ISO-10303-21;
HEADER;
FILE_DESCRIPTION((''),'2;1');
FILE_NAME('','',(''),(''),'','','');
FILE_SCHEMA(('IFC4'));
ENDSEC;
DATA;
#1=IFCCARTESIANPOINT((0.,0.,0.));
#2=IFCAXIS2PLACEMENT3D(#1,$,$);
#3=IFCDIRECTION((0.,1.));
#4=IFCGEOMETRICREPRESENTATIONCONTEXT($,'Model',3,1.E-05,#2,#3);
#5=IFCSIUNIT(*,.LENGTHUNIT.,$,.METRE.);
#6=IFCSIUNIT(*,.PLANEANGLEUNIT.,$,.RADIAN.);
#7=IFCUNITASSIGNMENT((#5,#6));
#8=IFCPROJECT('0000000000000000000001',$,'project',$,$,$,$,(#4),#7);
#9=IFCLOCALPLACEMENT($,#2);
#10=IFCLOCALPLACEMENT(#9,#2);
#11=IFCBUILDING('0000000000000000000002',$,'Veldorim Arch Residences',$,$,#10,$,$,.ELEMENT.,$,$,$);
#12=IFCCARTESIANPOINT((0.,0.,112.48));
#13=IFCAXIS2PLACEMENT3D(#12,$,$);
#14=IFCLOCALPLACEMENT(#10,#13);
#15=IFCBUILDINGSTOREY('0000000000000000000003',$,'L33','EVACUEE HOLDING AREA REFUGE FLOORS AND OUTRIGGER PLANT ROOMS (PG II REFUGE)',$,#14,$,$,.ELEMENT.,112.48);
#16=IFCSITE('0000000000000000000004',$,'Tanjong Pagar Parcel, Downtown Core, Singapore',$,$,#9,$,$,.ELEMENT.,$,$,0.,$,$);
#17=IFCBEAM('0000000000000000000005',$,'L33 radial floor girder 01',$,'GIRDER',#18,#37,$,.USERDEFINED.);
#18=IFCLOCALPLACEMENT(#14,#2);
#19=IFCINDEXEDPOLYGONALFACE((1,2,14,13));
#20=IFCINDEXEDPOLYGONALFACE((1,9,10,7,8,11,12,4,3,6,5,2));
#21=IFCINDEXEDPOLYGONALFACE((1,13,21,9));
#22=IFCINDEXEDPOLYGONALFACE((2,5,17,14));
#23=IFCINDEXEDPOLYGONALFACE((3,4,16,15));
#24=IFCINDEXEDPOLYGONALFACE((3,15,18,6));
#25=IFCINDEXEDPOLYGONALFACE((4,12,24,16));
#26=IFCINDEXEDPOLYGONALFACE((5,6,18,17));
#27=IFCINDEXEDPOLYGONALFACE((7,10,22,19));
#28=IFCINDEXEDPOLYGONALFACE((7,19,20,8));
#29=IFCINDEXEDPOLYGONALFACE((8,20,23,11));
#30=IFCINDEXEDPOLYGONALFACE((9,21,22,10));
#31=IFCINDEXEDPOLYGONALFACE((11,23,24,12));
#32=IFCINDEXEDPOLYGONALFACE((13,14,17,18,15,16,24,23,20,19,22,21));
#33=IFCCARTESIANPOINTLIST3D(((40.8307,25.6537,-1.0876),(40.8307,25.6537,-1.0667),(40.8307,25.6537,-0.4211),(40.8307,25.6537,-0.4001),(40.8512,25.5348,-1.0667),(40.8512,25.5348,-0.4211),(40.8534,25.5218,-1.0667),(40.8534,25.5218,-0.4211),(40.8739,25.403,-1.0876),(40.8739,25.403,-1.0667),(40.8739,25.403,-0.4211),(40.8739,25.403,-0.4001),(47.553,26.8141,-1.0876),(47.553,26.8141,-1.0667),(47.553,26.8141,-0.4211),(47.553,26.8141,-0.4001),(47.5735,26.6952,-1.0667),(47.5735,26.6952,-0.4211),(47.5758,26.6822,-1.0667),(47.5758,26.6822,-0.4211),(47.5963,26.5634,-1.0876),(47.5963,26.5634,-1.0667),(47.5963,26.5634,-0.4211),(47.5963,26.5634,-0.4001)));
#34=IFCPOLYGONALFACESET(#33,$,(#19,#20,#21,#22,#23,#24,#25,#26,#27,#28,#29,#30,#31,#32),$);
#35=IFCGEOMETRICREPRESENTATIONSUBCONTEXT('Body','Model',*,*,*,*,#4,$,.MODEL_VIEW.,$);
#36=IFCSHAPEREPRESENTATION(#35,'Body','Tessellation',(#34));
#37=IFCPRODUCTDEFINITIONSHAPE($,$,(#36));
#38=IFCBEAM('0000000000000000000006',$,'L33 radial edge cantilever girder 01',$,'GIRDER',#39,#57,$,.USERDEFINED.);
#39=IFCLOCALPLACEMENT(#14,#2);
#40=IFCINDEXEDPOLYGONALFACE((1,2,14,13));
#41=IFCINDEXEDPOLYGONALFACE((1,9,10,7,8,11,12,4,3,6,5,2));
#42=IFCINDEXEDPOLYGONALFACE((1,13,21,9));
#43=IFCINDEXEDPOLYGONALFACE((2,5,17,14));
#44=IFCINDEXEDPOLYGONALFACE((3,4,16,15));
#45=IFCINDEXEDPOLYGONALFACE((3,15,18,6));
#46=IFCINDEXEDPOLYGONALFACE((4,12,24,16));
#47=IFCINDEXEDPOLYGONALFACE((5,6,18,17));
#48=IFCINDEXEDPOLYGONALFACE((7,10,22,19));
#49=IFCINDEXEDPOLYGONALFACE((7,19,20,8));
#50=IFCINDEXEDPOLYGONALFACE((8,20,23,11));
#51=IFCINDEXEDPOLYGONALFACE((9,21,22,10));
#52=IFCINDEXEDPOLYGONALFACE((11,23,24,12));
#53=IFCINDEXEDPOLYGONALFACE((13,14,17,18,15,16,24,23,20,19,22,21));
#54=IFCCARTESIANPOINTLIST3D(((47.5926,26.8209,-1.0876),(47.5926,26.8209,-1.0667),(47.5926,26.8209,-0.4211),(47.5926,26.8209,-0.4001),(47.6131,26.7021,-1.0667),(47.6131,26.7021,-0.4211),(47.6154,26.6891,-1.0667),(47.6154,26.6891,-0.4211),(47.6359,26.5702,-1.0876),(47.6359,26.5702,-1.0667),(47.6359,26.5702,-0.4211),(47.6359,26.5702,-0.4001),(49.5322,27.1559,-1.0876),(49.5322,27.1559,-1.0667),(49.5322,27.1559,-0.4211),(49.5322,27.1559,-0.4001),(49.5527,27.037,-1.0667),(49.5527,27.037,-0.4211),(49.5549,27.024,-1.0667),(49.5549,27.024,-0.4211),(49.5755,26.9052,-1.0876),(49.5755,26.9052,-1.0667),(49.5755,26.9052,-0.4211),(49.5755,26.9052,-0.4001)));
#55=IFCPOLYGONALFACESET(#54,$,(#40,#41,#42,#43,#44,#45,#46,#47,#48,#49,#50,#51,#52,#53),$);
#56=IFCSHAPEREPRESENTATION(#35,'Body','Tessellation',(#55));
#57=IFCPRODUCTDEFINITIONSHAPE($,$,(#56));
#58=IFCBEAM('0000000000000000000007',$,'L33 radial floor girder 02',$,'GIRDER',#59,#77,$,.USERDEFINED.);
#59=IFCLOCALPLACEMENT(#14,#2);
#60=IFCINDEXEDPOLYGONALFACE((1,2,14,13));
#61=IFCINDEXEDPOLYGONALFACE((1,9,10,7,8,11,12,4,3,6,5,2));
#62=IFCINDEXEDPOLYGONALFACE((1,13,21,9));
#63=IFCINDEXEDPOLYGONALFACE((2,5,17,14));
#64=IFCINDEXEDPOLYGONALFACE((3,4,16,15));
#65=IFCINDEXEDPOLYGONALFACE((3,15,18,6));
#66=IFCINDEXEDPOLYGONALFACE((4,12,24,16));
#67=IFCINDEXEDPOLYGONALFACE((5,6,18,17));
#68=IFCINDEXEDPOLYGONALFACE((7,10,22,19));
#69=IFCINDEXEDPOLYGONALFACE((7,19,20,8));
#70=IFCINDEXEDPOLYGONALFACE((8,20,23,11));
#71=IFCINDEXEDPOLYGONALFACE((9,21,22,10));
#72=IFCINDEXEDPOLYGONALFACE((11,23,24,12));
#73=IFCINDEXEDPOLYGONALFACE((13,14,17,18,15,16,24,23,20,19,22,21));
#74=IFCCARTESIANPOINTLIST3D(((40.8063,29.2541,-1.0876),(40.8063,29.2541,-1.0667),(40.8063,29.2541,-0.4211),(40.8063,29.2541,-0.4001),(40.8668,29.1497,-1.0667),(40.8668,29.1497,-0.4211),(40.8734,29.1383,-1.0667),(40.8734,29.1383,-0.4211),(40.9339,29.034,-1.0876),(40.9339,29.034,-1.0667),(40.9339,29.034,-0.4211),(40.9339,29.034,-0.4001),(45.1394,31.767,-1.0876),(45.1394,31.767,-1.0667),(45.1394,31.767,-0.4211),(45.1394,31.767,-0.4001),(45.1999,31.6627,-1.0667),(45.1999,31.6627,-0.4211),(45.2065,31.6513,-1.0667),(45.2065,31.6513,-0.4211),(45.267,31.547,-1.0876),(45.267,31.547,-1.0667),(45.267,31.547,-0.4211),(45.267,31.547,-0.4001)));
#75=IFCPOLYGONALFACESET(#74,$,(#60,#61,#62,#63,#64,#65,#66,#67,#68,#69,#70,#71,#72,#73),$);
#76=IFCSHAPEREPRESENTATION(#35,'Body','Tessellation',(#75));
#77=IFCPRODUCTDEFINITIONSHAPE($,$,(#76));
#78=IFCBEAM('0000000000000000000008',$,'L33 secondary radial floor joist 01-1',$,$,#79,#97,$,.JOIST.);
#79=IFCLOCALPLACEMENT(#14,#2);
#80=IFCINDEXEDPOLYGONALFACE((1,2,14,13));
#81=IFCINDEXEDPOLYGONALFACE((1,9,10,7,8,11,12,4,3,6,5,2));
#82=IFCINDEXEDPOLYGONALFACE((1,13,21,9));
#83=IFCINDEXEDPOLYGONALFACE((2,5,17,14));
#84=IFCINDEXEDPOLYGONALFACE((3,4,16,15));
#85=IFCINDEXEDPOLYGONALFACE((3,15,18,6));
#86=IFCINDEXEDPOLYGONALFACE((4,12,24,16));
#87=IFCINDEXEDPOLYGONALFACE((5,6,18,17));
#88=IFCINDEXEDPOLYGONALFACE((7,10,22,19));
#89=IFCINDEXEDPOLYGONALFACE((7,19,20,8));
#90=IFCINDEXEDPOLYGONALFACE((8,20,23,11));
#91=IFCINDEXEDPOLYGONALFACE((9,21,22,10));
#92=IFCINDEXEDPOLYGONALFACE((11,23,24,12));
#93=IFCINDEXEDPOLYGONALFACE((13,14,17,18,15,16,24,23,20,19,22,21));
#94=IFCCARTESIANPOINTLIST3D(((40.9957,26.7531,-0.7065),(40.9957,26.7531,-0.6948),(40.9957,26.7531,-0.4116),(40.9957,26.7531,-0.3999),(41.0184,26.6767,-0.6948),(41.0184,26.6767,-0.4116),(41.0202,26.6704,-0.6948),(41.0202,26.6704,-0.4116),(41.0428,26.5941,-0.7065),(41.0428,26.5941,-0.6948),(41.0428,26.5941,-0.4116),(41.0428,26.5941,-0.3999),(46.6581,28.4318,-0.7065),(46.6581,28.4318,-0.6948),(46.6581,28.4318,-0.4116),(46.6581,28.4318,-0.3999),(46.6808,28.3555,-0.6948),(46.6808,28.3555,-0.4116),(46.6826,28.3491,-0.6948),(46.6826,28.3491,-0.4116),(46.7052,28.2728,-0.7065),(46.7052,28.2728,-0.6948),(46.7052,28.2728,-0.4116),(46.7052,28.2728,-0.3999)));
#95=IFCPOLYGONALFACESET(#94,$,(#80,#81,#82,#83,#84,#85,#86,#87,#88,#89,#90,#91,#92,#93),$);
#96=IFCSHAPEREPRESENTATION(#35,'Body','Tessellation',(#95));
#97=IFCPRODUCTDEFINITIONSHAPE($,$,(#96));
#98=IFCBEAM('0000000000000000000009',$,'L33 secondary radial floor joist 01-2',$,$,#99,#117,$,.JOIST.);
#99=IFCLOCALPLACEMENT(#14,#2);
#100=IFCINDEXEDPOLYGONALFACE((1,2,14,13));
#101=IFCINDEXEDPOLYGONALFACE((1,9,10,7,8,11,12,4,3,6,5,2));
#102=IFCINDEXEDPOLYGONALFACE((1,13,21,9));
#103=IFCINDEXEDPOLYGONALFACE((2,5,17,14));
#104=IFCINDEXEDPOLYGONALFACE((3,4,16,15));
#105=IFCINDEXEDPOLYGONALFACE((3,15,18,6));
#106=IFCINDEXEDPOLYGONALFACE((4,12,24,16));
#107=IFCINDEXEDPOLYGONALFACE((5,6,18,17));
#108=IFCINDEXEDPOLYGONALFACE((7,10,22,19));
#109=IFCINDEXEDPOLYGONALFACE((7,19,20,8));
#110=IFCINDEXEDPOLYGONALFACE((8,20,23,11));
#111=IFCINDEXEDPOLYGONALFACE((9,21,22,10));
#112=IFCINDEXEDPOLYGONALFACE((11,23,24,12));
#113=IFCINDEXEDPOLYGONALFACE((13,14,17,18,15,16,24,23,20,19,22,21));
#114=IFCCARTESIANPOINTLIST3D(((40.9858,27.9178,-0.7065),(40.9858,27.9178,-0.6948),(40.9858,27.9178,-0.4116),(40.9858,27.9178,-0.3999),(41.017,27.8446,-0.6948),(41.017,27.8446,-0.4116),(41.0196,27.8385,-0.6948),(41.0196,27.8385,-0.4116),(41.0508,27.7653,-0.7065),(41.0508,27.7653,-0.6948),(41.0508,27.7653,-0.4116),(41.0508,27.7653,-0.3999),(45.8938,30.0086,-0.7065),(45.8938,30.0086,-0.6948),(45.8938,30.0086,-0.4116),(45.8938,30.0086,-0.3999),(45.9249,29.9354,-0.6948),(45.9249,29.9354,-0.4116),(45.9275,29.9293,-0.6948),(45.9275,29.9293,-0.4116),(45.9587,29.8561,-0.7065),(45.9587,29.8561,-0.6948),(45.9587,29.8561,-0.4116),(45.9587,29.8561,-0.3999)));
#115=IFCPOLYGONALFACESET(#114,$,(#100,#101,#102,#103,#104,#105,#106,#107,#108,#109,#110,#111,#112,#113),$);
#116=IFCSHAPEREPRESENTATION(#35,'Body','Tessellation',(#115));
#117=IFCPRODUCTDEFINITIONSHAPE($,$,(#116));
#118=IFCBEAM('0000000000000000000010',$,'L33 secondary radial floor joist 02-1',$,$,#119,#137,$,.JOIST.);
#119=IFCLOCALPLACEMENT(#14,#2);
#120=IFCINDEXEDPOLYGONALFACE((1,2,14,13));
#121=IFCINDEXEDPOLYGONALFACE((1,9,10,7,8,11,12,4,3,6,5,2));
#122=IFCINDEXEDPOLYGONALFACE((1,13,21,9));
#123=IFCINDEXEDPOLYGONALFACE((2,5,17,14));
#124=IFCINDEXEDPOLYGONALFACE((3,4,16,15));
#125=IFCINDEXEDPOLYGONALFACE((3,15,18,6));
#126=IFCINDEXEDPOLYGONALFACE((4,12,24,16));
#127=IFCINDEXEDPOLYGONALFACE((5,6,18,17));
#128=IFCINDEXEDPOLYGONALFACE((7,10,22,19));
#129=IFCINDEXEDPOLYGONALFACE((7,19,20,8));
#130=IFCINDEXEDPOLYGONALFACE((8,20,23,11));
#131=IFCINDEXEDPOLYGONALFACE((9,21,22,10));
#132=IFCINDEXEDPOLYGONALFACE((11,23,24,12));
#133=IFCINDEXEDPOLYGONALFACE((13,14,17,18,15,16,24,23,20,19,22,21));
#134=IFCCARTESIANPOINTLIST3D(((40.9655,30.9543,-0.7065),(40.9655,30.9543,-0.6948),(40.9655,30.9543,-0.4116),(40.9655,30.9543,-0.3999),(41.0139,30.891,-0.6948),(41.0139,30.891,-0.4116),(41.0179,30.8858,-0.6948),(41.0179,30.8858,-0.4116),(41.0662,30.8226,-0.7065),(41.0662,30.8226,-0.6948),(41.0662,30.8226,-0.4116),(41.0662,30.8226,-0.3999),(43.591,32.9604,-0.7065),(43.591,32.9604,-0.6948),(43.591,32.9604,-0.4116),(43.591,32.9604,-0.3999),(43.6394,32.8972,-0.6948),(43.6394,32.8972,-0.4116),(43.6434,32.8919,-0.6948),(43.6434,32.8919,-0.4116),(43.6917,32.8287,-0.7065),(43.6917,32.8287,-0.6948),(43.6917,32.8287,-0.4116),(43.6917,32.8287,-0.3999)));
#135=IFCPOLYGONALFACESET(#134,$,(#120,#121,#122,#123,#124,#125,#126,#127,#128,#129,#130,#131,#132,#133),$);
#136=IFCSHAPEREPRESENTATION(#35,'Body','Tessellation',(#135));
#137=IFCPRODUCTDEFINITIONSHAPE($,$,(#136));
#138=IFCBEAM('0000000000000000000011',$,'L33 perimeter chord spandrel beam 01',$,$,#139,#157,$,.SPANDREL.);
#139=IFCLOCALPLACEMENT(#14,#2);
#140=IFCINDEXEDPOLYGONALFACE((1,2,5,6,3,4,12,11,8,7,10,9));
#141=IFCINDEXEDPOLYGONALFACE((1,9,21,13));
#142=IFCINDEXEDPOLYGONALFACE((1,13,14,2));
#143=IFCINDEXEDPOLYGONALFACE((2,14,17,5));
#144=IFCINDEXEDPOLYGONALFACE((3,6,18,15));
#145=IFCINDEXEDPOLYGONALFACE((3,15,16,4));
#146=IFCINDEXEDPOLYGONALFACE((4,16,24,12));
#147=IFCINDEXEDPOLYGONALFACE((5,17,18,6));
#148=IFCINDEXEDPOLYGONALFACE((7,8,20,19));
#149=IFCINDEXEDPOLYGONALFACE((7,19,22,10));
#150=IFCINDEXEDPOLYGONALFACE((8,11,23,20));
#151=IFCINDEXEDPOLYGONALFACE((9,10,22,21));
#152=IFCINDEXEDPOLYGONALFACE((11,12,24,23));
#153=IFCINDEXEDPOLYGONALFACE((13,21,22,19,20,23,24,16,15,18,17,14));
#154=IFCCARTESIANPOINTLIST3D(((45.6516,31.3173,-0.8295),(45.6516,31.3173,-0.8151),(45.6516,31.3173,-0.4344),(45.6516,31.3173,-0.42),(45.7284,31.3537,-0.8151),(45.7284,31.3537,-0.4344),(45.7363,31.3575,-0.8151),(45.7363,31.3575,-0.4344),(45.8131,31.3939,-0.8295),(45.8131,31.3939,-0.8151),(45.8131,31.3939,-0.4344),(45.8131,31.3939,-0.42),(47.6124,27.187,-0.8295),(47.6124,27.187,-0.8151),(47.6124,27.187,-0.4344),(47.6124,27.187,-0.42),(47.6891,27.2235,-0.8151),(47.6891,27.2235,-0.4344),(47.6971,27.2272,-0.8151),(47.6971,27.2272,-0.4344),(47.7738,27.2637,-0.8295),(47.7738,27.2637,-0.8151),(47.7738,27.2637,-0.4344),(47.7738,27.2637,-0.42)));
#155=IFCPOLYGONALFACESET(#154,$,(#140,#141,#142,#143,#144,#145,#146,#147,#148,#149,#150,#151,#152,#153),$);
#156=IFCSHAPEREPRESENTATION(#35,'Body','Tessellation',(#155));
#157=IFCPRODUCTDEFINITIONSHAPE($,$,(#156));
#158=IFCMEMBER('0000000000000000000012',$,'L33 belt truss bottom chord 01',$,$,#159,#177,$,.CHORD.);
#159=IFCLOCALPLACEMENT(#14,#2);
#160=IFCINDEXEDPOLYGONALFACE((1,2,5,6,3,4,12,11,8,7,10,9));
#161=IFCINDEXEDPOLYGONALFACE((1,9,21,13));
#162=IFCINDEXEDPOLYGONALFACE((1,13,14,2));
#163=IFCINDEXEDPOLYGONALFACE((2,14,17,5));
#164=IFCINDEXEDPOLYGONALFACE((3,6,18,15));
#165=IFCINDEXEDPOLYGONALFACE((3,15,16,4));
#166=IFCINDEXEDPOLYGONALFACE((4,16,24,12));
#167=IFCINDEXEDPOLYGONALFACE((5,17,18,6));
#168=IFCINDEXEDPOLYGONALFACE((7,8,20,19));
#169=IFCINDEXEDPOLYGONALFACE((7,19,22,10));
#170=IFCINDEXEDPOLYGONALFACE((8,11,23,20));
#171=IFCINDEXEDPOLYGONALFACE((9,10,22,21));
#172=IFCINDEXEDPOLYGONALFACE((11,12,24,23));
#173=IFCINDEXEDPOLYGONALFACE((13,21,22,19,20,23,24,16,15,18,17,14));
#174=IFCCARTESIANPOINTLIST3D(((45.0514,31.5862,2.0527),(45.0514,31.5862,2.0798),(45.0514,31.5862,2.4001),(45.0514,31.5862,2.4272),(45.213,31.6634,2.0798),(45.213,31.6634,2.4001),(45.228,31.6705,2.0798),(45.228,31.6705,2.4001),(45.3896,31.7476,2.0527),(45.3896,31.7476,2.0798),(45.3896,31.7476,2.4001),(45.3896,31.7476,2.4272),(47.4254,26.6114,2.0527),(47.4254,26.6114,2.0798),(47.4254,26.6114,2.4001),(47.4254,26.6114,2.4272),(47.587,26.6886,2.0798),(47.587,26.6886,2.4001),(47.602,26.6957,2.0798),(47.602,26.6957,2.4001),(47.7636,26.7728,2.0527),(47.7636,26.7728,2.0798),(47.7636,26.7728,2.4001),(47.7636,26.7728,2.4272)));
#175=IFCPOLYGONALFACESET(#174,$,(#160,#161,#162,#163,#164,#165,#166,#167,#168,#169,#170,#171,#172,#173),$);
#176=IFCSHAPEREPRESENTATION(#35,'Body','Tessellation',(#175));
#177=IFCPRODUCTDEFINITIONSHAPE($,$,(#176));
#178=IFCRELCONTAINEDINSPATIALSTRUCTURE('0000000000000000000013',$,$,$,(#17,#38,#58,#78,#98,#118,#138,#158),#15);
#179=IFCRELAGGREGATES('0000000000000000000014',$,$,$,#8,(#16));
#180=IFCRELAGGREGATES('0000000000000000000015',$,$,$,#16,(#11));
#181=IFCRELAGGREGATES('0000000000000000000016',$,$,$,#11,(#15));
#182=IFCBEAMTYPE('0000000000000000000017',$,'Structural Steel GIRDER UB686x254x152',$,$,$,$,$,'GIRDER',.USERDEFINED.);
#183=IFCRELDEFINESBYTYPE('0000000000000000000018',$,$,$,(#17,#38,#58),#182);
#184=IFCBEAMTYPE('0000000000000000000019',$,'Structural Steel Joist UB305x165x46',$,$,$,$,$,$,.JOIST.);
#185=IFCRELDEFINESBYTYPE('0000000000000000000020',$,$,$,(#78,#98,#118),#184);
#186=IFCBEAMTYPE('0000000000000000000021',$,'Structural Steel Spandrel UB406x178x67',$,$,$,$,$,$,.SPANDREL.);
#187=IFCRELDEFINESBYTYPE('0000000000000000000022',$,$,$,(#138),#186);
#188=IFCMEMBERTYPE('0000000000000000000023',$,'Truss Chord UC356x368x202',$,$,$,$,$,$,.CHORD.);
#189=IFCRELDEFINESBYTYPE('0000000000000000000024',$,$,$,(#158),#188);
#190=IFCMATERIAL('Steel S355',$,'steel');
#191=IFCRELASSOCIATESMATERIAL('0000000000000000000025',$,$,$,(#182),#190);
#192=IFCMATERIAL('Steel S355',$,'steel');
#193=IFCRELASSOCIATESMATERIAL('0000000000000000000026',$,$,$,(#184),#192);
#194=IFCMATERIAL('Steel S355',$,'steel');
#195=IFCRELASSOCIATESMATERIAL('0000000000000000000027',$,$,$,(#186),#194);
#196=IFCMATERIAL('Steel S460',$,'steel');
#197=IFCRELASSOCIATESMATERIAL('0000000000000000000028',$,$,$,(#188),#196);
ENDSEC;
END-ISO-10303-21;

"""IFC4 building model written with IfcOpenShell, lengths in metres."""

from ifc_helpers import new_model, si_unit, direction, frame, origin, origin_2d, place, context, subcontext, project, spatial, i_section, extrude, material, material_profile, profile_set, type_object, element, save


model = new_model("IFC4")

# Units and contexts
model_context = context("Model", 3, precision=1e-05, world=origin(), true_north=direction((0.0, 1.0)))
body_context = subcontext(model_context, "Body", "Model", "MODEL_VIEW")
ifc_project = project(units=[si_unit("LENGTHUNIT", "METRE"), si_unit("PLANEANGLEUNIT", "RADIAN")], contexts=[model_context])

# Site, building, storey
site_placement = place(None, origin())
site = spatial("IfcSite", under=ifc_project, at=site_placement, Name="Tanjong Pagar Parcel, Downtown Core, Singapore", CompositionType="ELEMENT", RefElevation=0.0)
building_placement = place(site_placement, origin())
building = spatial("IfcBuilding", under=site, at=building_placement, Name="Veldorim Arch Residences", CompositionType="ELEMENT")
storey_placement = place(building_placement, frame((0.0, 0.0, 112.48)))
storey = spatial("IfcBuildingStorey", under=building, at=storey_placement, Name="L33", Description="EVACUEE HOLDING AREA REFUGE FLOORS AND OUTRIGGER PLANT ROOMS (PG II REFUGE)", CompositionType="ELEMENT", Elevation=112.48)

# Beams
ifc_material_1 = material(Name="Steel S355", Category="steel")
ifc_material_profile_1 = material_profile(ifc_material_1, i_section(OverallWidth=0.2544, OverallDepth=0.6875, WebThickness=0.0132, FlangeThickness=0.021, at=origin_2d()), Name="UB686x254x152")
ifc_profile_set_1 = profile_set([ifc_material_profile_1], Name="Steel S355")
beam_type_1 = type_object("IfcBeamType", Name="Structural Steel GIRDER UB686x254x152", ElementType="GIRDER", PredefinedType="USERDEFINED", material=ifc_profile_set_1)
beam_1_placement = place(storey_placement, frame((40.8523, 25.5283, -0.7439), z_axis=(0.985427, 0.170101, 0.0), x_axis=(-0.170101, 0.985427, 0.0)))
element("IfcBeam", 1, at=beam_1_placement, inside=storey, type_object=beam_type_1, Name="L33 radial floor girder 01", ObjectType="GIRDER", PredefinedType="USERDEFINED", context=body_context, shape_type="SweptSolid", body=[
    extrude(i_section(OverallWidth=0.2544, OverallDepth=0.6875, WebThickness=0.0132, FlangeThickness=0.021, at=origin_2d()), origin(), (0.0, 0.0, 1.0), 6.8218),
])
beam_2_placement = place(storey_placement, frame((47.6143, 26.6956, -0.7439), z_axis=(0.985411, 0.170189, 0.0), x_axis=(-0.170189, 0.985411, 0.0)))
element("IfcBeam", 2, at=beam_2_placement, inside=storey, type_object=beam_type_1, Name="L33 radial edge cantilever girder 01", ObjectType="GIRDER", PredefinedType="USERDEFINED", context=body_context, shape_type="SweptSolid", body=[
    extrude(i_section(OverallWidth=0.2544, OverallDepth=0.6875, WebThickness=0.0132, FlangeThickness=0.021, at=origin_2d()), origin(), (0.0, 0.0, 1.0), 1.9683),
])
beam_3_placement = place(storey_placement, frame((40.8701, 29.144, -0.7439), z_axis=(0.865049, 0.501687, 0.0), x_axis=(-0.501687, 0.865049, 0.0)))
element("IfcBeam", 3, at=beam_3_placement, inside=storey, type_object=beam_type_1, Name="L33 radial floor girder 02", ObjectType="GIRDER", PredefinedType="USERDEFINED", context=body_context, shape_type="SweptSolid", body=[
    extrude(i_section(OverallWidth=0.2544, OverallDepth=0.6875, WebThickness=0.0132, FlangeThickness=0.021, at=origin_2d()), origin(), (0.0, 0.0, 1.0), 5.009),
])
ifc_material_2 = material(Name="Steel S355", Category="steel")
ifc_material_profile_2 = material_profile(ifc_material_2, i_section(OverallWidth=0.1658, OverallDepth=0.3066, WebThickness=0.0066, FlangeThickness=0.0117, at=origin_2d()), Name="UB305x165x46")
ifc_profile_set_2 = profile_set([ifc_material_profile_2], Name="Steel S355")
beam_type_2 = type_object("IfcBeamType", Name="Structural Steel Joist UB305x165x46", PredefinedType="JOIST", material=ifc_profile_set_2)
beam_4_placement = place(storey_placement, frame((41.0193, 26.6736, -0.5532), z_axis=(0.958753, 0.28424, 0.0), x_axis=(-0.28424, 0.958753, 0.0)))
element("IfcBeam", 4, at=beam_4_placement, inside=storey, type_object=beam_type_2, Name="L33 secondary radial floor joist 01-1", PredefinedType="JOIST", context=body_context, shape_type="SweptSolid", body=[
    extrude(i_section(OverallWidth=0.1658, OverallDepth=0.3066, WebThickness=0.0066, FlangeThickness=0.0117, at=origin_2d()), origin(), (0.0, 0.0, 1.0), 5.906),
])
beam_5_placement = place(storey_placement, frame((41.0183, 27.8416, -0.5532), z_axis=(0.919997, 0.391924, 0.0), x_axis=(-0.391924, 0.919997, 0.0)))
element("IfcBeam", 5, at=beam_5_placement, inside=storey, type_object=beam_type_2, Name="L33 secondary radial floor joist 01-2", PredefinedType="JOIST", context=body_context, shape_type="SweptSolid", body=[
    extrude(i_section(OverallWidth=0.1658, OverallDepth=0.3066, WebThickness=0.0066, FlangeThickness=0.0117, at=origin_2d()), origin(), (0.0, 0.0, 1.0), 5.3347),
])
beam_6_placement = place(storey_placement, frame((41.0159, 30.8884, -0.5532), z_axis=(0.794595, 0.60714, 0.0), x_axis=(-0.60714, 0.794595, 0.0)))
element("IfcBeam", 6, at=beam_6_placement, inside=storey, type_object=beam_type_2, Name="L33 secondary radial floor joist 02-1", PredefinedType="JOIST", context=body_context, shape_type="SweptSolid", body=[
    extrude(i_section(OverallWidth=0.1658, OverallDepth=0.3066, WebThickness=0.0066, FlangeThickness=0.0117, at=origin_2d()), origin(), (0.0, 0.0, 1.0), 3.3042),
])
ifc_material_3 = material(Name="Steel S355", Category="steel")
ifc_material_profile_3 = material_profile(ifc_material_3, i_section(OverallWidth=0.1787, OverallDepth=0.4094, WebThickness=0.0088, FlangeThickness=0.0144, at=origin_2d()), Name="UB406x178x67")
ifc_profile_set_3 = profile_set([ifc_material_profile_3], Name="Steel S355")
beam_type_3 = type_object("IfcBeamType", Name="Structural Steel Spandrel UB406x178x67", PredefinedType="SPANDREL", material=ifc_profile_set_3)
beam_7_placement = place(storey_placement, frame((47.6931, 27.2253, -0.6248), z_axis=(-0.428857, 0.903372, 0.0), x_axis=(-0.903372, -0.428857, 0.0)))
element("IfcBeam", 7, at=beam_7_placement, inside=storey, type_object=beam_type_3, Name="L33 perimeter chord spandrel beam 01", PredefinedType="SPANDREL", context=body_context, shape_type="SweptSolid", body=[
    extrude(i_section(OverallWidth=0.1787, OverallDepth=0.4094, WebThickness=0.0088, FlangeThickness=0.0144, at=origin_2d()), origin(), (0.0, 0.0, 1.0), 4.572),
])

# Member
ifc_material_4 = material(Name="Steel S460", Category="steel")
ifc_material_profile_4 = material_profile(ifc_material_4, i_section(OverallWidth=0.3748, OverallDepth=0.3745, WebThickness=0.0166, FlangeThickness=0.0271, at=origin_2d()), Name="UC356x368x202")
ifc_profile_set_4 = profile_set([ifc_material_profile_4], Name="Steel S460")
member_type_1 = type_object("IfcMemberType", Name="Truss Chord UC356x368x202", PredefinedType="CHORD", material=ifc_profile_set_4)
for number, where, z_axis, x_axis, name in (
    (8, (47.5945, 26.6921, 2.24), (-0.43068, 0.902505, 0.0), (-0.902505, -0.43068, 0.0), "L33 belt truss bottom chord 01"),
):
    element("IfcMember", number, at=place(storey_placement, frame(where, z_axis=z_axis, x_axis=x_axis)), inside=storey, type_object=member_type_1, Name=name, PredefinedType="CHORD", context=body_context, shape_type="SweptSolid", body=[
        extrude(i_section(OverallWidth=0.3748, OverallDepth=0.3745, WebThickness=0.0166, FlangeThickness=0.0271, at=origin_2d()), origin(), (0.0, 0.0, 1.0), 5.5122),
    ])

save(model, "model.ifc")
